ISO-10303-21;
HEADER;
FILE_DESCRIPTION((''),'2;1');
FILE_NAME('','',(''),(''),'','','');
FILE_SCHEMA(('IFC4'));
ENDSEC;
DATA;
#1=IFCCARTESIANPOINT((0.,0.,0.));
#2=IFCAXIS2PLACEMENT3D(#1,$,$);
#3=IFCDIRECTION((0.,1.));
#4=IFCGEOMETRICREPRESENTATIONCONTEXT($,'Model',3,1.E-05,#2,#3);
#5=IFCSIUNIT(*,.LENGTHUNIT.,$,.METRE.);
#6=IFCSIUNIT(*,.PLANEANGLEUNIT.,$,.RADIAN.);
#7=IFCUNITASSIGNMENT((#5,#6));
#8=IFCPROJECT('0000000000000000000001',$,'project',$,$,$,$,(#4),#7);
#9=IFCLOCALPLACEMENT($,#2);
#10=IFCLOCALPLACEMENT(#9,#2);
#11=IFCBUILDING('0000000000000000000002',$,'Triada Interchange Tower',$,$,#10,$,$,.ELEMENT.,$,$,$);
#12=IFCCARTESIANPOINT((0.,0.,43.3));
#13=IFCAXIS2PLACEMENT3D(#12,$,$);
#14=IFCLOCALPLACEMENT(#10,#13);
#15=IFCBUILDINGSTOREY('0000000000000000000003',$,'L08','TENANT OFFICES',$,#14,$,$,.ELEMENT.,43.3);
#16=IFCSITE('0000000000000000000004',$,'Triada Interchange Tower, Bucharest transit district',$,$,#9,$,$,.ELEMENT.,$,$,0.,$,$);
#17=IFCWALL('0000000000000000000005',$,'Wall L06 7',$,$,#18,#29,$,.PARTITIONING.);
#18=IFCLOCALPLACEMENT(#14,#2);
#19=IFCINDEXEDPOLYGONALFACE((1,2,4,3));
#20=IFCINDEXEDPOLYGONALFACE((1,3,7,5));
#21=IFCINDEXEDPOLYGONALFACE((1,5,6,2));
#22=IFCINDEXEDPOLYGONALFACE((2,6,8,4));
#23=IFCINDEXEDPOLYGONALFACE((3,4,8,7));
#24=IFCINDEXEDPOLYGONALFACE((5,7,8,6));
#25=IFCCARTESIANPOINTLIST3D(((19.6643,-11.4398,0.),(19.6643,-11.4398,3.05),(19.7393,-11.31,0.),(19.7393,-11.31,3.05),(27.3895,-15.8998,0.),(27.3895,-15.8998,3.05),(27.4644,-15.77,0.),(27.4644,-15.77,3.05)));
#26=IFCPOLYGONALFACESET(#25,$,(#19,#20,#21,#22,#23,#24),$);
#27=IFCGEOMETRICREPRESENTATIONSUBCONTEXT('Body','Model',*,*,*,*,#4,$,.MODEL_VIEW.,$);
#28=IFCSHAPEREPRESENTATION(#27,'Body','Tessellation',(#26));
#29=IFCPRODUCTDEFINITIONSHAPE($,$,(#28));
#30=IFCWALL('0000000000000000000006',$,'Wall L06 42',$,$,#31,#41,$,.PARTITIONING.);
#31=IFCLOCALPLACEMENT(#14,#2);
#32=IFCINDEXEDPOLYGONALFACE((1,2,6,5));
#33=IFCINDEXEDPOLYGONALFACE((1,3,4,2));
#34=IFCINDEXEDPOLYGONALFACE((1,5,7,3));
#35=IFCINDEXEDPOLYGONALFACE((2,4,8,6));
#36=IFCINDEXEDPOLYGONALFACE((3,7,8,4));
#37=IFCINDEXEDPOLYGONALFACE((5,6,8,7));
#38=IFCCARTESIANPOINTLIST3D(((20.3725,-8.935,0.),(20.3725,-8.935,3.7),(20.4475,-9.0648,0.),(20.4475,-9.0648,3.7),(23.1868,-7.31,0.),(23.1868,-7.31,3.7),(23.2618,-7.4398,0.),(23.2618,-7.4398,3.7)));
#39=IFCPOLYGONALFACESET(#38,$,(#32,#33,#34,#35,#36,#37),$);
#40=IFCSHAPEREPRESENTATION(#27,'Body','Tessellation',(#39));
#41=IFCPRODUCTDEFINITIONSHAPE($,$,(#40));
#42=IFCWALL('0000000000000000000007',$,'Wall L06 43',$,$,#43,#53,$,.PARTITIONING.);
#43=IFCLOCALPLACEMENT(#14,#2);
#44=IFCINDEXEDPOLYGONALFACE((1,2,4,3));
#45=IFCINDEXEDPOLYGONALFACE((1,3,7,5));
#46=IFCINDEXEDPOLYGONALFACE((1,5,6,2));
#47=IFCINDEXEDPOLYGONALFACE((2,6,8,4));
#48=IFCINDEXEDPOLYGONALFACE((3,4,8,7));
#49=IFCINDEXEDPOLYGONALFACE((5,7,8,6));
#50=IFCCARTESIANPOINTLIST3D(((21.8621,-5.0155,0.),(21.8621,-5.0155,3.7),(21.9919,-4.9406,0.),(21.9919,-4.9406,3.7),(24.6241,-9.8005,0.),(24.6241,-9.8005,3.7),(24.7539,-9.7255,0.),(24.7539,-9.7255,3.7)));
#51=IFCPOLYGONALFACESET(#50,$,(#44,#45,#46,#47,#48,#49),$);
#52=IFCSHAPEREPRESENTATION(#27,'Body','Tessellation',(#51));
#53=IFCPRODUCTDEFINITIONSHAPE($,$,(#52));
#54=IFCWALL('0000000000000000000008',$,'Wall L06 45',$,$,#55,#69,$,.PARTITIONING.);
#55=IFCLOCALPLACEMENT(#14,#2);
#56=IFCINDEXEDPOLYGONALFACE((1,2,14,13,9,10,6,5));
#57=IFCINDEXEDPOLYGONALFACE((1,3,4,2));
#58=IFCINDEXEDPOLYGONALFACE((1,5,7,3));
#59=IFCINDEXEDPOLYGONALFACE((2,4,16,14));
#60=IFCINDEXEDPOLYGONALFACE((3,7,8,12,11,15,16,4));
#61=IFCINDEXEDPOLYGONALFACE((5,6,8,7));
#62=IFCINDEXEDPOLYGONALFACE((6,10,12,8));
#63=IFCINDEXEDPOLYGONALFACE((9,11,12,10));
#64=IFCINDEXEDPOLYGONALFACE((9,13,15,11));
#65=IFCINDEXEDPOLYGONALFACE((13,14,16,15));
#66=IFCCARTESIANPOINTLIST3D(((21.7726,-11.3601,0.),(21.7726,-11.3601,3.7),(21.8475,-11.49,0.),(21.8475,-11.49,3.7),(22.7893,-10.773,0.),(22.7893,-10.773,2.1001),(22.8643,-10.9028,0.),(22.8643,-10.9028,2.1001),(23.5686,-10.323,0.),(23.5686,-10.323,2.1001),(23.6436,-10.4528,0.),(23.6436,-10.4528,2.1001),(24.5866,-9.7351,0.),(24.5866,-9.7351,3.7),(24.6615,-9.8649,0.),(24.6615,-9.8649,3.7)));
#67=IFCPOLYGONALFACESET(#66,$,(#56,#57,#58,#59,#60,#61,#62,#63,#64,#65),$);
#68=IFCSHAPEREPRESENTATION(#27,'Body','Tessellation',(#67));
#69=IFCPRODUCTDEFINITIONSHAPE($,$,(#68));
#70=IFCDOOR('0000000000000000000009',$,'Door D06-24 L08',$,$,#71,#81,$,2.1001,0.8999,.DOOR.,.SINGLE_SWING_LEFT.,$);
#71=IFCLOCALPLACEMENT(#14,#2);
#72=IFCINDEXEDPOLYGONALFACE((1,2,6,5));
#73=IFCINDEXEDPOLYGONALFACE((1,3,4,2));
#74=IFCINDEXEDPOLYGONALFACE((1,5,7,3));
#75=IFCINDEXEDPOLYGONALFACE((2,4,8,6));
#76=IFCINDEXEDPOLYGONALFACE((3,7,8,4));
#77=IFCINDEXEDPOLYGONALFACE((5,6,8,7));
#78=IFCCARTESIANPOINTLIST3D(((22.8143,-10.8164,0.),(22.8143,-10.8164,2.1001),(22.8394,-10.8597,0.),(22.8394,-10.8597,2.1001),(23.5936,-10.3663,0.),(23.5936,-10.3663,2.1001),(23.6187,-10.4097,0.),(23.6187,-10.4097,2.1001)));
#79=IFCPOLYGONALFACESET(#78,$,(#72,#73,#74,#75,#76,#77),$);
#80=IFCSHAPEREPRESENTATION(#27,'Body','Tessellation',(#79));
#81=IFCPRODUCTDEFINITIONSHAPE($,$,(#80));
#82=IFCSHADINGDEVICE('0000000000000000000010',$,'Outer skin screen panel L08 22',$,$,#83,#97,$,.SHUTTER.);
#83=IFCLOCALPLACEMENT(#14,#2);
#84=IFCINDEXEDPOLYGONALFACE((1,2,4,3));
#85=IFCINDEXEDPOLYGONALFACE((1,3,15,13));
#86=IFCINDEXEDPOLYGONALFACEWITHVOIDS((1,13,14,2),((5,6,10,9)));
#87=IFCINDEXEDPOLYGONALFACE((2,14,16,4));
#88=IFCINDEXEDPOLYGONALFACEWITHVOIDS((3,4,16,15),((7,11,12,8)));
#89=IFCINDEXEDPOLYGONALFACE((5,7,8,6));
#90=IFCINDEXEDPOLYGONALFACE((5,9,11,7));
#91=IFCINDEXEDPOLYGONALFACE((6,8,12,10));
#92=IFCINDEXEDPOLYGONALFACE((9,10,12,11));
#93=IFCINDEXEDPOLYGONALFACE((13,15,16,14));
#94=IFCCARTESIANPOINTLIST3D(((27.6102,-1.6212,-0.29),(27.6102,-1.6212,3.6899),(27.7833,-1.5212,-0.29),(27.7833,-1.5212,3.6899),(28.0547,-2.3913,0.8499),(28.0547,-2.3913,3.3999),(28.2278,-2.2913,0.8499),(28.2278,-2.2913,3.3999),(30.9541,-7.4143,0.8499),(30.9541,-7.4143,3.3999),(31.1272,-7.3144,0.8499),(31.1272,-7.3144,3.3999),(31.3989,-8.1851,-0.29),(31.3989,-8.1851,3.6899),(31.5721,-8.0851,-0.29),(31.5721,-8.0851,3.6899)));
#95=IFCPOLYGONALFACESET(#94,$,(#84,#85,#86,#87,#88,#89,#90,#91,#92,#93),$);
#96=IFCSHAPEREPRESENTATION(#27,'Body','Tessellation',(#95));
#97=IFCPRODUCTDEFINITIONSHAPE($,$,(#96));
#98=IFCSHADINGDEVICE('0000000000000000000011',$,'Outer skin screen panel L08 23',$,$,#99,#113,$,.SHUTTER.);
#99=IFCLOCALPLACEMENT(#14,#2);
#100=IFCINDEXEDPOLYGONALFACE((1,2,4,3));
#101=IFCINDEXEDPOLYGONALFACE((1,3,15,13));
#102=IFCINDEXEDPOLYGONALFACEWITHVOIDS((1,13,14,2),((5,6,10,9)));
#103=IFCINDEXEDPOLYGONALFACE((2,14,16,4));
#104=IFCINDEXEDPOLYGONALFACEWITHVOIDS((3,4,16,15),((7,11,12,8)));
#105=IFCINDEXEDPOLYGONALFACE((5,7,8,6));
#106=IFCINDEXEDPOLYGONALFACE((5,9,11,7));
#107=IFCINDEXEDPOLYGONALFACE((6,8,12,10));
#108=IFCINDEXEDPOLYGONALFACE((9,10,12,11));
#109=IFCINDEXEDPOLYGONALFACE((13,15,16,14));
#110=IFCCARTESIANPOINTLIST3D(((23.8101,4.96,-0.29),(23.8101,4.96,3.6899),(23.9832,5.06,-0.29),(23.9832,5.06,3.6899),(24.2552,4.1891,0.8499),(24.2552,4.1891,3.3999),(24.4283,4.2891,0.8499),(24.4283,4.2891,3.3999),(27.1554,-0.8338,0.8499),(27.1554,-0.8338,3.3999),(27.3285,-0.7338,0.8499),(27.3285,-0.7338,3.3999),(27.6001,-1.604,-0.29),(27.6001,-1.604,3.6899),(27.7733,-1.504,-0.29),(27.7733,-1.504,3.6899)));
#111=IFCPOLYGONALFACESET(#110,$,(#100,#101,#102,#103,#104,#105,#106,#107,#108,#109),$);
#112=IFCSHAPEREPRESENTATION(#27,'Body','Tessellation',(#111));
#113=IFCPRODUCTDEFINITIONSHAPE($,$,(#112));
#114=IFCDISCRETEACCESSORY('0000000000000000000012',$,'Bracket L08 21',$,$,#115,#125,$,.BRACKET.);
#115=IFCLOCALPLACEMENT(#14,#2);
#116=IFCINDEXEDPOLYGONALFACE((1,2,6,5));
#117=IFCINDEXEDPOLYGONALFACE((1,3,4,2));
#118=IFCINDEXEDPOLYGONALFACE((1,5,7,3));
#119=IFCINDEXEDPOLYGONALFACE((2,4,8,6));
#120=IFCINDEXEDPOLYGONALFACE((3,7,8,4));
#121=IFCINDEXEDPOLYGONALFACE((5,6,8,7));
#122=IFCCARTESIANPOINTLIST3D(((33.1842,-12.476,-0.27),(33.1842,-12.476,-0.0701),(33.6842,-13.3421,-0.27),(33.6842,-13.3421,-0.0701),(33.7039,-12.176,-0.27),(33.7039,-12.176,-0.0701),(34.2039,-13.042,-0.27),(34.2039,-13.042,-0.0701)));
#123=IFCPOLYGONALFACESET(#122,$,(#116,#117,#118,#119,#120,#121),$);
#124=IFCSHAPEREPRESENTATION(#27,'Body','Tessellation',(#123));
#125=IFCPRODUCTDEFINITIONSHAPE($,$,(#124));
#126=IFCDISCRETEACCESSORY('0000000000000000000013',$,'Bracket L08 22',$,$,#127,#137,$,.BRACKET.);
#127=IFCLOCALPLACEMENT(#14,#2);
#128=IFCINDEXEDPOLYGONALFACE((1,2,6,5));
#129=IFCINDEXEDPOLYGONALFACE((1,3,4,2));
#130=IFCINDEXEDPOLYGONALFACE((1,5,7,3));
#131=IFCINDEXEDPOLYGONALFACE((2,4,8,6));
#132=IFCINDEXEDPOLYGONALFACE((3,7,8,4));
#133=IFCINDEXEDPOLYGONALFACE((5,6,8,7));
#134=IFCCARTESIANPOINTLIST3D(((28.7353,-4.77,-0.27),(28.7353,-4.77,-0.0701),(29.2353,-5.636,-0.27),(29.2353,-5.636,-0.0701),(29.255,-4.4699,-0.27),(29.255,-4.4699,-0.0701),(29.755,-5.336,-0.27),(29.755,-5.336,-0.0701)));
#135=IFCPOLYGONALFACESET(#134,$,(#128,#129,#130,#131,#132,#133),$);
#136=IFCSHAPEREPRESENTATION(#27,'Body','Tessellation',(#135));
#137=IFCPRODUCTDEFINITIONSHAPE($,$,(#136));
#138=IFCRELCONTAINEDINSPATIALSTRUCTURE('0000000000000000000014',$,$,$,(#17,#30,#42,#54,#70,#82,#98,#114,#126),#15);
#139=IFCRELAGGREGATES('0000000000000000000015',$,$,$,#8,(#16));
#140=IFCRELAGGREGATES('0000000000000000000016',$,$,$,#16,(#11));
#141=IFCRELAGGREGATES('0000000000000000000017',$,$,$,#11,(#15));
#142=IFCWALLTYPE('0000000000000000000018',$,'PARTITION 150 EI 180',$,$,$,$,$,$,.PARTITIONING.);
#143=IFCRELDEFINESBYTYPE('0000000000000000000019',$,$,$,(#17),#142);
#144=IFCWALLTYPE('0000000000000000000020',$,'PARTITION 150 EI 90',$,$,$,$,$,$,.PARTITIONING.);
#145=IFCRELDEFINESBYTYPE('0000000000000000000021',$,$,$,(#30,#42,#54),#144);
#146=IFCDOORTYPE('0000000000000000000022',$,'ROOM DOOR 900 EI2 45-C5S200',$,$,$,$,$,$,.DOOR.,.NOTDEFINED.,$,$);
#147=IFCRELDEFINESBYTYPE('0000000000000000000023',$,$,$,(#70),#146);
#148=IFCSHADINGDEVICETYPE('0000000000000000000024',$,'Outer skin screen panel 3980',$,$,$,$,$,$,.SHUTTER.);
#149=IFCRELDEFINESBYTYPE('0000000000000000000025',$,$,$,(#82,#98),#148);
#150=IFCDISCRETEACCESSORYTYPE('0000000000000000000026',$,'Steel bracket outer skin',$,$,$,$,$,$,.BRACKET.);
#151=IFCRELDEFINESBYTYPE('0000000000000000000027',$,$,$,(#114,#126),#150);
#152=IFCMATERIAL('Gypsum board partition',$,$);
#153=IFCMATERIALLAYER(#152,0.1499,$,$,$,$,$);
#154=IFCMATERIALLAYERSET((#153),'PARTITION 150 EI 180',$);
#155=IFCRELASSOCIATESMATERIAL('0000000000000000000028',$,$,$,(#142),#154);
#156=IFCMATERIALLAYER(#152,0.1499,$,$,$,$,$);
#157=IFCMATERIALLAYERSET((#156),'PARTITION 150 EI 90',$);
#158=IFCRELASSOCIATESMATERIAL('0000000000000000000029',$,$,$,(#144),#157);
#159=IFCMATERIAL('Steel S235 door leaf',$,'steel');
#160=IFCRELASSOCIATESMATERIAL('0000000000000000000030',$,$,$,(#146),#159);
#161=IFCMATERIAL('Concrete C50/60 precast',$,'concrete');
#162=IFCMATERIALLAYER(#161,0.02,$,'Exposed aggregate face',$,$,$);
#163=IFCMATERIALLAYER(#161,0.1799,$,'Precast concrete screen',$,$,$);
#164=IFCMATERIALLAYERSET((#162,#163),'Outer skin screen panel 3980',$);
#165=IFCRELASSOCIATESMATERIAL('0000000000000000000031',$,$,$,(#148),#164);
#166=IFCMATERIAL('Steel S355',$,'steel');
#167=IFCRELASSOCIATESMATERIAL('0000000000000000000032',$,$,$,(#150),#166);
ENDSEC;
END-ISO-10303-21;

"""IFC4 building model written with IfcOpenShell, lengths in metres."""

from ifc_helpers import new_model, si_unit, direction, frame, frame_2d, origin, origin_2d, place, context, subcontext, project, spatial, polyline, rectangle, outline, extrude, material, layer, layer_set, type_object, element, fill, save


model = new_model("IFC4")

# Units and contexts
model_context = context("Model", 3, precision=1e-05, world=origin(), true_north=direction((0.0, 1.0)))
body_context = subcontext(model_context, "Body", "Model", "MODEL_VIEW")
ifc_project = project(units=[si_unit("LENGTHUNIT", "METRE"), si_unit("PLANEANGLEUNIT", "RADIAN")], contexts=[model_context])

# Site, building, storey
site_placement = place(None, origin())
site = spatial("IfcSite", under=ifc_project, at=site_placement, Name="Triada Interchange Tower, Bucharest transit district", CompositionType="ELEMENT", RefElevation=0.0)
building_placement = place(site_placement, origin())
building = spatial("IfcBuilding", under=site, at=building_placement, Name="Triada Interchange Tower", CompositionType="ELEMENT")
storey_placement = place(building_placement, frame((0.0, 0.0, 43.3)))
storey = spatial("IfcBuildingStorey", under=building, at=storey_placement, Name="L08", Description="TENANT OFFICES", CompositionType="ELEMENT", Elevation=43.3)

# Walls
ifc_material_1 = material(Name="Gypsum board partition")
ifc_layer_1 = layer(ifc_material_1, 0.1499)
ifc_layer_set_1 = layer_set([ifc_layer_1], Name="PARTITION 150 EI 180")
wall_type_1 = type_object("IfcWallType", Name="PARTITION 150 EI 180", PredefinedType="PARTITIONING", material=ifc_layer_set_1)
wall_1_placement = place(storey_placement, frame((19.7019, -11.375, 0.0), z_axis=(0.0, 0.0, 1.0), x_axis=(0.866032, -0.499989, 0.0)))
element("IfcWall", 1, at=wall_1_placement, inside=storey, type_object=wall_type_1, Name="Wall L06 7", PredefinedType="PARTITIONING", context=body_context, shape_type="SweptSolid", body=[
    extrude(rectangle(XDim=8.9202, YDim=0.1499, at=frame_2d((4.46, 0.0))), origin(), (0.0, 0.0, 1.0), 3.05),
])
ifc_layer_2 = layer(ifc_material_1, 0.1499)
ifc_layer_set_2 = layer_set([ifc_layer_2], Name="PARTITION 150 EI 90")
wall_type_2 = type_object("IfcWallType", Name="PARTITION 150 EI 90", PredefinedType="PARTITIONING", material=ifc_layer_set_2)
wall_2_placement = place(storey_placement, frame((20.4099, -9.0, 0.0), z_axis=(0.0, 0.0, 1.0), x_axis=(0.865997, 0.50005, 0.0)))
element("IfcWall", 2, at=wall_2_placement, inside=storey, type_object=wall_type_2, Name="Wall L06 42", PredefinedType="PARTITIONING", context=body_context, shape_type="SweptSolid", body=[
    extrude(rectangle(XDim=3.2498, YDim=0.1499, at=frame_2d((1.625, 0.0))), origin(), (0.0, 0.0, 1.0), 3.7),
])
wall_3_placement = place(storey_placement, frame((21.927, -4.978, 0.0), z_axis=(0.0, 0.0, 1.0), x_axis=(0.499918, -0.866073, 0.0)))
element("IfcWall", 3, at=wall_3_placement, inside=storey, type_object=wall_type_2, Name="Wall L06 43", PredefinedType="PARTITIONING", context=body_context, shape_type="SweptSolid", body=[
    extrude(rectangle(XDim=5.5249, YDim=0.1499, at=frame_2d((2.7625, 0.0))), origin(), (0.0, 0.0, 1.0), 3.7),
])

# Wall, opening, door
wall_4_placement = place(storey_placement, frame((21.8101, -11.425, 0.0), z_axis=(0.0, 0.0, 1.0), x_axis=(0.865978, 0.500082, 0.0)))
wall_4 = element("IfcWall", 4, at=wall_4_placement, inside=storey, type_object=wall_type_2, Name="Wall L06 45", PredefinedType="PARTITIONING", context=body_context, shape_type="SweptSolid", body=[
    extrude(rectangle(XDim=3.2495, YDim=0.1499, at=frame_2d((1.6248, 0.0))), origin(), (0.0, 0.0, 1.0), 3.7),
])
opening_placement = place(wall_4_placement, frame((1.1741, 0.0, 0.0)))
opening = element("IfcOpeningElement", 5, at=opening_placement, cuts=wall_4, PredefinedType="OPENING", context=body_context, shape_type="SweptSolid", body=[
    extrude(rectangle(XDim=0.8999, YDim=2.1001, at=frame_2d((0.45, 1.05))), frame((0.0, 0.085, 0.0), z_axis=(0.0, -1.0, 0.0), x_axis=(1.0, 0.0, 0.0)), (0.0, 0.0, 1.0), 0.1699),
])
ifc_material_2 = material(Name="Steel S235 door leaf", Category="steel")
door_type = type_object("IfcDoorType", Name="ROOM DOOR 900 EI2 45-C5S200", OperationType="NOTDEFINED", PredefinedType="DOOR", material=ifc_material_2)
door_placement = place(opening_placement, origin())
door = element("IfcDoor", 6, at=door_placement, inside=storey, type_object=door_type, Name="Door D06-24 L08", OperationType="SINGLE_SWING_LEFT", OverallHeight=2.1001, OverallWidth=0.8999, PredefinedType="DOOR", context=body_context, shape_type="SweptSolid", body=[
    extrude(rectangle(XDim=0.8999, YDim=2.1001, at=frame_2d((0.45, 1.05))), frame((0.0, 0.0249, 0.0), z_axis=(0.0, -1.0, 0.0), x_axis=(1.0, 0.0, 0.0)), (0.0, 0.0, 1.0), 0.05),
])
fill(opening, door)

# Shading devices
ifc_material_3 = material(Name="Concrete C50/60 precast", Category="concrete")
ifc_layer_3 = layer(ifc_material_3, 0.02, Name="Exposed aggregate face")
ifc_layer_4 = layer(ifc_material_3, 0.1799, Name="Precast concrete screen")
ifc_layer_set_3 = layer_set([ifc_layer_3, ifc_layer_4], Name="Outer skin screen panel 3980")
shading_device_type = type_object("IfcShadingDeviceType", Name="Outer skin screen panel 3980", PredefinedType="SHUTTER", material=ifc_layer_set_3)
shading_device_1_placement = place(storey_placement, frame((31.3989, -8.1851, -0.29), z_axis=(0.0, 0.0, 1.0), x_axis=(-0.499912, 0.866076, 0.0)))
element("IfcShadingDevice", 7, at=shading_device_1_placement, inside=storey, type_object=shading_device_type, Name="Outer skin screen panel L08 22", PredefinedType="SHUTTER", context=body_context, shape_type="SweptSolid", body=[
    extrude(outline(polyline([(0.0, 0.0), (7.5789, 0.0), (7.5789, 3.98), (0.0, 3.98), (0.0, 0.0)]), holes=[polyline([(0.8899, 1.1399), (0.8899, 3.6899), (6.6897, 3.6899), (6.6897, 1.1399), (0.8899, 1.1399)])]), frame((0.0, 0.0, 0.0), z_axis=(0.0, -1.0, 0.0), x_axis=(1.0, 0.0, 0.0)), (0.0, 0.0, 1.0), 0.2),
])
shading_device_2_placement = place(storey_placement, frame((27.6001, -1.604, -0.29), z_axis=(0.0, 0.0, 1.0), x_axis=(-0.500033, 0.866006, 0.0)))
element("IfcShadingDevice", 8, at=shading_device_2_placement, inside=storey, type_object=shading_device_type, Name="Outer skin screen panel L08 23", PredefinedType="SHUTTER", context=body_context, shape_type="SweptSolid", body=[
    extrude(outline(polyline([(0.0, 0.0), (7.5796, 0.0), (7.5796, 3.98), (0.0, 3.98), (0.0, 0.0)]), holes=[polyline([(0.8894, 1.1399), (0.8894, 3.6899), (6.6895, 3.6899), (6.6895, 1.1399), (0.8894, 1.1399)])]), frame((0.0, 0.0, 0.0), z_axis=(0.0, -1.0, 0.0), x_axis=(1.0, 0.0, 0.0)), (0.0, 0.0, 1.0), 0.2),
])

# Discrete accessories
ifc_material_4 = material(Name="Steel S355", Category="steel")
discrete_accessory_type = type_object("IfcDiscreteAccessoryType", Name="Steel bracket outer skin", PredefinedType="BRACKET", material=ifc_material_4)
for number, where, z_axis, x_axis, name in (
    (9, (33.6941, -12.759, -0.27), (0.0, 0.0, 1.0), (0.866021, 0.500008, 0.0), "Bracket L08 21"),
    (10, (29.2451, -5.053, -0.27), (0.0, 0.0, 1.0), (0.866021, 0.500008, 0.0), "Bracket L08 22"),
):
    element("IfcDiscreteAccessory", number, at=place(storey_placement, frame(where, z_axis=z_axis, x_axis=x_axis)), inside=storey, type_object=discrete_accessory_type, Name=name, PredefinedType="BRACKET", context=body_context, shape_type="SweptSolid", body=[
        extrude(rectangle(XDim=0.6001, YDim=1.0, at=origin_2d()), origin(), (0.0, 0.0, 1.0), 0.2),
    ])

save(model, "model.ifc")
